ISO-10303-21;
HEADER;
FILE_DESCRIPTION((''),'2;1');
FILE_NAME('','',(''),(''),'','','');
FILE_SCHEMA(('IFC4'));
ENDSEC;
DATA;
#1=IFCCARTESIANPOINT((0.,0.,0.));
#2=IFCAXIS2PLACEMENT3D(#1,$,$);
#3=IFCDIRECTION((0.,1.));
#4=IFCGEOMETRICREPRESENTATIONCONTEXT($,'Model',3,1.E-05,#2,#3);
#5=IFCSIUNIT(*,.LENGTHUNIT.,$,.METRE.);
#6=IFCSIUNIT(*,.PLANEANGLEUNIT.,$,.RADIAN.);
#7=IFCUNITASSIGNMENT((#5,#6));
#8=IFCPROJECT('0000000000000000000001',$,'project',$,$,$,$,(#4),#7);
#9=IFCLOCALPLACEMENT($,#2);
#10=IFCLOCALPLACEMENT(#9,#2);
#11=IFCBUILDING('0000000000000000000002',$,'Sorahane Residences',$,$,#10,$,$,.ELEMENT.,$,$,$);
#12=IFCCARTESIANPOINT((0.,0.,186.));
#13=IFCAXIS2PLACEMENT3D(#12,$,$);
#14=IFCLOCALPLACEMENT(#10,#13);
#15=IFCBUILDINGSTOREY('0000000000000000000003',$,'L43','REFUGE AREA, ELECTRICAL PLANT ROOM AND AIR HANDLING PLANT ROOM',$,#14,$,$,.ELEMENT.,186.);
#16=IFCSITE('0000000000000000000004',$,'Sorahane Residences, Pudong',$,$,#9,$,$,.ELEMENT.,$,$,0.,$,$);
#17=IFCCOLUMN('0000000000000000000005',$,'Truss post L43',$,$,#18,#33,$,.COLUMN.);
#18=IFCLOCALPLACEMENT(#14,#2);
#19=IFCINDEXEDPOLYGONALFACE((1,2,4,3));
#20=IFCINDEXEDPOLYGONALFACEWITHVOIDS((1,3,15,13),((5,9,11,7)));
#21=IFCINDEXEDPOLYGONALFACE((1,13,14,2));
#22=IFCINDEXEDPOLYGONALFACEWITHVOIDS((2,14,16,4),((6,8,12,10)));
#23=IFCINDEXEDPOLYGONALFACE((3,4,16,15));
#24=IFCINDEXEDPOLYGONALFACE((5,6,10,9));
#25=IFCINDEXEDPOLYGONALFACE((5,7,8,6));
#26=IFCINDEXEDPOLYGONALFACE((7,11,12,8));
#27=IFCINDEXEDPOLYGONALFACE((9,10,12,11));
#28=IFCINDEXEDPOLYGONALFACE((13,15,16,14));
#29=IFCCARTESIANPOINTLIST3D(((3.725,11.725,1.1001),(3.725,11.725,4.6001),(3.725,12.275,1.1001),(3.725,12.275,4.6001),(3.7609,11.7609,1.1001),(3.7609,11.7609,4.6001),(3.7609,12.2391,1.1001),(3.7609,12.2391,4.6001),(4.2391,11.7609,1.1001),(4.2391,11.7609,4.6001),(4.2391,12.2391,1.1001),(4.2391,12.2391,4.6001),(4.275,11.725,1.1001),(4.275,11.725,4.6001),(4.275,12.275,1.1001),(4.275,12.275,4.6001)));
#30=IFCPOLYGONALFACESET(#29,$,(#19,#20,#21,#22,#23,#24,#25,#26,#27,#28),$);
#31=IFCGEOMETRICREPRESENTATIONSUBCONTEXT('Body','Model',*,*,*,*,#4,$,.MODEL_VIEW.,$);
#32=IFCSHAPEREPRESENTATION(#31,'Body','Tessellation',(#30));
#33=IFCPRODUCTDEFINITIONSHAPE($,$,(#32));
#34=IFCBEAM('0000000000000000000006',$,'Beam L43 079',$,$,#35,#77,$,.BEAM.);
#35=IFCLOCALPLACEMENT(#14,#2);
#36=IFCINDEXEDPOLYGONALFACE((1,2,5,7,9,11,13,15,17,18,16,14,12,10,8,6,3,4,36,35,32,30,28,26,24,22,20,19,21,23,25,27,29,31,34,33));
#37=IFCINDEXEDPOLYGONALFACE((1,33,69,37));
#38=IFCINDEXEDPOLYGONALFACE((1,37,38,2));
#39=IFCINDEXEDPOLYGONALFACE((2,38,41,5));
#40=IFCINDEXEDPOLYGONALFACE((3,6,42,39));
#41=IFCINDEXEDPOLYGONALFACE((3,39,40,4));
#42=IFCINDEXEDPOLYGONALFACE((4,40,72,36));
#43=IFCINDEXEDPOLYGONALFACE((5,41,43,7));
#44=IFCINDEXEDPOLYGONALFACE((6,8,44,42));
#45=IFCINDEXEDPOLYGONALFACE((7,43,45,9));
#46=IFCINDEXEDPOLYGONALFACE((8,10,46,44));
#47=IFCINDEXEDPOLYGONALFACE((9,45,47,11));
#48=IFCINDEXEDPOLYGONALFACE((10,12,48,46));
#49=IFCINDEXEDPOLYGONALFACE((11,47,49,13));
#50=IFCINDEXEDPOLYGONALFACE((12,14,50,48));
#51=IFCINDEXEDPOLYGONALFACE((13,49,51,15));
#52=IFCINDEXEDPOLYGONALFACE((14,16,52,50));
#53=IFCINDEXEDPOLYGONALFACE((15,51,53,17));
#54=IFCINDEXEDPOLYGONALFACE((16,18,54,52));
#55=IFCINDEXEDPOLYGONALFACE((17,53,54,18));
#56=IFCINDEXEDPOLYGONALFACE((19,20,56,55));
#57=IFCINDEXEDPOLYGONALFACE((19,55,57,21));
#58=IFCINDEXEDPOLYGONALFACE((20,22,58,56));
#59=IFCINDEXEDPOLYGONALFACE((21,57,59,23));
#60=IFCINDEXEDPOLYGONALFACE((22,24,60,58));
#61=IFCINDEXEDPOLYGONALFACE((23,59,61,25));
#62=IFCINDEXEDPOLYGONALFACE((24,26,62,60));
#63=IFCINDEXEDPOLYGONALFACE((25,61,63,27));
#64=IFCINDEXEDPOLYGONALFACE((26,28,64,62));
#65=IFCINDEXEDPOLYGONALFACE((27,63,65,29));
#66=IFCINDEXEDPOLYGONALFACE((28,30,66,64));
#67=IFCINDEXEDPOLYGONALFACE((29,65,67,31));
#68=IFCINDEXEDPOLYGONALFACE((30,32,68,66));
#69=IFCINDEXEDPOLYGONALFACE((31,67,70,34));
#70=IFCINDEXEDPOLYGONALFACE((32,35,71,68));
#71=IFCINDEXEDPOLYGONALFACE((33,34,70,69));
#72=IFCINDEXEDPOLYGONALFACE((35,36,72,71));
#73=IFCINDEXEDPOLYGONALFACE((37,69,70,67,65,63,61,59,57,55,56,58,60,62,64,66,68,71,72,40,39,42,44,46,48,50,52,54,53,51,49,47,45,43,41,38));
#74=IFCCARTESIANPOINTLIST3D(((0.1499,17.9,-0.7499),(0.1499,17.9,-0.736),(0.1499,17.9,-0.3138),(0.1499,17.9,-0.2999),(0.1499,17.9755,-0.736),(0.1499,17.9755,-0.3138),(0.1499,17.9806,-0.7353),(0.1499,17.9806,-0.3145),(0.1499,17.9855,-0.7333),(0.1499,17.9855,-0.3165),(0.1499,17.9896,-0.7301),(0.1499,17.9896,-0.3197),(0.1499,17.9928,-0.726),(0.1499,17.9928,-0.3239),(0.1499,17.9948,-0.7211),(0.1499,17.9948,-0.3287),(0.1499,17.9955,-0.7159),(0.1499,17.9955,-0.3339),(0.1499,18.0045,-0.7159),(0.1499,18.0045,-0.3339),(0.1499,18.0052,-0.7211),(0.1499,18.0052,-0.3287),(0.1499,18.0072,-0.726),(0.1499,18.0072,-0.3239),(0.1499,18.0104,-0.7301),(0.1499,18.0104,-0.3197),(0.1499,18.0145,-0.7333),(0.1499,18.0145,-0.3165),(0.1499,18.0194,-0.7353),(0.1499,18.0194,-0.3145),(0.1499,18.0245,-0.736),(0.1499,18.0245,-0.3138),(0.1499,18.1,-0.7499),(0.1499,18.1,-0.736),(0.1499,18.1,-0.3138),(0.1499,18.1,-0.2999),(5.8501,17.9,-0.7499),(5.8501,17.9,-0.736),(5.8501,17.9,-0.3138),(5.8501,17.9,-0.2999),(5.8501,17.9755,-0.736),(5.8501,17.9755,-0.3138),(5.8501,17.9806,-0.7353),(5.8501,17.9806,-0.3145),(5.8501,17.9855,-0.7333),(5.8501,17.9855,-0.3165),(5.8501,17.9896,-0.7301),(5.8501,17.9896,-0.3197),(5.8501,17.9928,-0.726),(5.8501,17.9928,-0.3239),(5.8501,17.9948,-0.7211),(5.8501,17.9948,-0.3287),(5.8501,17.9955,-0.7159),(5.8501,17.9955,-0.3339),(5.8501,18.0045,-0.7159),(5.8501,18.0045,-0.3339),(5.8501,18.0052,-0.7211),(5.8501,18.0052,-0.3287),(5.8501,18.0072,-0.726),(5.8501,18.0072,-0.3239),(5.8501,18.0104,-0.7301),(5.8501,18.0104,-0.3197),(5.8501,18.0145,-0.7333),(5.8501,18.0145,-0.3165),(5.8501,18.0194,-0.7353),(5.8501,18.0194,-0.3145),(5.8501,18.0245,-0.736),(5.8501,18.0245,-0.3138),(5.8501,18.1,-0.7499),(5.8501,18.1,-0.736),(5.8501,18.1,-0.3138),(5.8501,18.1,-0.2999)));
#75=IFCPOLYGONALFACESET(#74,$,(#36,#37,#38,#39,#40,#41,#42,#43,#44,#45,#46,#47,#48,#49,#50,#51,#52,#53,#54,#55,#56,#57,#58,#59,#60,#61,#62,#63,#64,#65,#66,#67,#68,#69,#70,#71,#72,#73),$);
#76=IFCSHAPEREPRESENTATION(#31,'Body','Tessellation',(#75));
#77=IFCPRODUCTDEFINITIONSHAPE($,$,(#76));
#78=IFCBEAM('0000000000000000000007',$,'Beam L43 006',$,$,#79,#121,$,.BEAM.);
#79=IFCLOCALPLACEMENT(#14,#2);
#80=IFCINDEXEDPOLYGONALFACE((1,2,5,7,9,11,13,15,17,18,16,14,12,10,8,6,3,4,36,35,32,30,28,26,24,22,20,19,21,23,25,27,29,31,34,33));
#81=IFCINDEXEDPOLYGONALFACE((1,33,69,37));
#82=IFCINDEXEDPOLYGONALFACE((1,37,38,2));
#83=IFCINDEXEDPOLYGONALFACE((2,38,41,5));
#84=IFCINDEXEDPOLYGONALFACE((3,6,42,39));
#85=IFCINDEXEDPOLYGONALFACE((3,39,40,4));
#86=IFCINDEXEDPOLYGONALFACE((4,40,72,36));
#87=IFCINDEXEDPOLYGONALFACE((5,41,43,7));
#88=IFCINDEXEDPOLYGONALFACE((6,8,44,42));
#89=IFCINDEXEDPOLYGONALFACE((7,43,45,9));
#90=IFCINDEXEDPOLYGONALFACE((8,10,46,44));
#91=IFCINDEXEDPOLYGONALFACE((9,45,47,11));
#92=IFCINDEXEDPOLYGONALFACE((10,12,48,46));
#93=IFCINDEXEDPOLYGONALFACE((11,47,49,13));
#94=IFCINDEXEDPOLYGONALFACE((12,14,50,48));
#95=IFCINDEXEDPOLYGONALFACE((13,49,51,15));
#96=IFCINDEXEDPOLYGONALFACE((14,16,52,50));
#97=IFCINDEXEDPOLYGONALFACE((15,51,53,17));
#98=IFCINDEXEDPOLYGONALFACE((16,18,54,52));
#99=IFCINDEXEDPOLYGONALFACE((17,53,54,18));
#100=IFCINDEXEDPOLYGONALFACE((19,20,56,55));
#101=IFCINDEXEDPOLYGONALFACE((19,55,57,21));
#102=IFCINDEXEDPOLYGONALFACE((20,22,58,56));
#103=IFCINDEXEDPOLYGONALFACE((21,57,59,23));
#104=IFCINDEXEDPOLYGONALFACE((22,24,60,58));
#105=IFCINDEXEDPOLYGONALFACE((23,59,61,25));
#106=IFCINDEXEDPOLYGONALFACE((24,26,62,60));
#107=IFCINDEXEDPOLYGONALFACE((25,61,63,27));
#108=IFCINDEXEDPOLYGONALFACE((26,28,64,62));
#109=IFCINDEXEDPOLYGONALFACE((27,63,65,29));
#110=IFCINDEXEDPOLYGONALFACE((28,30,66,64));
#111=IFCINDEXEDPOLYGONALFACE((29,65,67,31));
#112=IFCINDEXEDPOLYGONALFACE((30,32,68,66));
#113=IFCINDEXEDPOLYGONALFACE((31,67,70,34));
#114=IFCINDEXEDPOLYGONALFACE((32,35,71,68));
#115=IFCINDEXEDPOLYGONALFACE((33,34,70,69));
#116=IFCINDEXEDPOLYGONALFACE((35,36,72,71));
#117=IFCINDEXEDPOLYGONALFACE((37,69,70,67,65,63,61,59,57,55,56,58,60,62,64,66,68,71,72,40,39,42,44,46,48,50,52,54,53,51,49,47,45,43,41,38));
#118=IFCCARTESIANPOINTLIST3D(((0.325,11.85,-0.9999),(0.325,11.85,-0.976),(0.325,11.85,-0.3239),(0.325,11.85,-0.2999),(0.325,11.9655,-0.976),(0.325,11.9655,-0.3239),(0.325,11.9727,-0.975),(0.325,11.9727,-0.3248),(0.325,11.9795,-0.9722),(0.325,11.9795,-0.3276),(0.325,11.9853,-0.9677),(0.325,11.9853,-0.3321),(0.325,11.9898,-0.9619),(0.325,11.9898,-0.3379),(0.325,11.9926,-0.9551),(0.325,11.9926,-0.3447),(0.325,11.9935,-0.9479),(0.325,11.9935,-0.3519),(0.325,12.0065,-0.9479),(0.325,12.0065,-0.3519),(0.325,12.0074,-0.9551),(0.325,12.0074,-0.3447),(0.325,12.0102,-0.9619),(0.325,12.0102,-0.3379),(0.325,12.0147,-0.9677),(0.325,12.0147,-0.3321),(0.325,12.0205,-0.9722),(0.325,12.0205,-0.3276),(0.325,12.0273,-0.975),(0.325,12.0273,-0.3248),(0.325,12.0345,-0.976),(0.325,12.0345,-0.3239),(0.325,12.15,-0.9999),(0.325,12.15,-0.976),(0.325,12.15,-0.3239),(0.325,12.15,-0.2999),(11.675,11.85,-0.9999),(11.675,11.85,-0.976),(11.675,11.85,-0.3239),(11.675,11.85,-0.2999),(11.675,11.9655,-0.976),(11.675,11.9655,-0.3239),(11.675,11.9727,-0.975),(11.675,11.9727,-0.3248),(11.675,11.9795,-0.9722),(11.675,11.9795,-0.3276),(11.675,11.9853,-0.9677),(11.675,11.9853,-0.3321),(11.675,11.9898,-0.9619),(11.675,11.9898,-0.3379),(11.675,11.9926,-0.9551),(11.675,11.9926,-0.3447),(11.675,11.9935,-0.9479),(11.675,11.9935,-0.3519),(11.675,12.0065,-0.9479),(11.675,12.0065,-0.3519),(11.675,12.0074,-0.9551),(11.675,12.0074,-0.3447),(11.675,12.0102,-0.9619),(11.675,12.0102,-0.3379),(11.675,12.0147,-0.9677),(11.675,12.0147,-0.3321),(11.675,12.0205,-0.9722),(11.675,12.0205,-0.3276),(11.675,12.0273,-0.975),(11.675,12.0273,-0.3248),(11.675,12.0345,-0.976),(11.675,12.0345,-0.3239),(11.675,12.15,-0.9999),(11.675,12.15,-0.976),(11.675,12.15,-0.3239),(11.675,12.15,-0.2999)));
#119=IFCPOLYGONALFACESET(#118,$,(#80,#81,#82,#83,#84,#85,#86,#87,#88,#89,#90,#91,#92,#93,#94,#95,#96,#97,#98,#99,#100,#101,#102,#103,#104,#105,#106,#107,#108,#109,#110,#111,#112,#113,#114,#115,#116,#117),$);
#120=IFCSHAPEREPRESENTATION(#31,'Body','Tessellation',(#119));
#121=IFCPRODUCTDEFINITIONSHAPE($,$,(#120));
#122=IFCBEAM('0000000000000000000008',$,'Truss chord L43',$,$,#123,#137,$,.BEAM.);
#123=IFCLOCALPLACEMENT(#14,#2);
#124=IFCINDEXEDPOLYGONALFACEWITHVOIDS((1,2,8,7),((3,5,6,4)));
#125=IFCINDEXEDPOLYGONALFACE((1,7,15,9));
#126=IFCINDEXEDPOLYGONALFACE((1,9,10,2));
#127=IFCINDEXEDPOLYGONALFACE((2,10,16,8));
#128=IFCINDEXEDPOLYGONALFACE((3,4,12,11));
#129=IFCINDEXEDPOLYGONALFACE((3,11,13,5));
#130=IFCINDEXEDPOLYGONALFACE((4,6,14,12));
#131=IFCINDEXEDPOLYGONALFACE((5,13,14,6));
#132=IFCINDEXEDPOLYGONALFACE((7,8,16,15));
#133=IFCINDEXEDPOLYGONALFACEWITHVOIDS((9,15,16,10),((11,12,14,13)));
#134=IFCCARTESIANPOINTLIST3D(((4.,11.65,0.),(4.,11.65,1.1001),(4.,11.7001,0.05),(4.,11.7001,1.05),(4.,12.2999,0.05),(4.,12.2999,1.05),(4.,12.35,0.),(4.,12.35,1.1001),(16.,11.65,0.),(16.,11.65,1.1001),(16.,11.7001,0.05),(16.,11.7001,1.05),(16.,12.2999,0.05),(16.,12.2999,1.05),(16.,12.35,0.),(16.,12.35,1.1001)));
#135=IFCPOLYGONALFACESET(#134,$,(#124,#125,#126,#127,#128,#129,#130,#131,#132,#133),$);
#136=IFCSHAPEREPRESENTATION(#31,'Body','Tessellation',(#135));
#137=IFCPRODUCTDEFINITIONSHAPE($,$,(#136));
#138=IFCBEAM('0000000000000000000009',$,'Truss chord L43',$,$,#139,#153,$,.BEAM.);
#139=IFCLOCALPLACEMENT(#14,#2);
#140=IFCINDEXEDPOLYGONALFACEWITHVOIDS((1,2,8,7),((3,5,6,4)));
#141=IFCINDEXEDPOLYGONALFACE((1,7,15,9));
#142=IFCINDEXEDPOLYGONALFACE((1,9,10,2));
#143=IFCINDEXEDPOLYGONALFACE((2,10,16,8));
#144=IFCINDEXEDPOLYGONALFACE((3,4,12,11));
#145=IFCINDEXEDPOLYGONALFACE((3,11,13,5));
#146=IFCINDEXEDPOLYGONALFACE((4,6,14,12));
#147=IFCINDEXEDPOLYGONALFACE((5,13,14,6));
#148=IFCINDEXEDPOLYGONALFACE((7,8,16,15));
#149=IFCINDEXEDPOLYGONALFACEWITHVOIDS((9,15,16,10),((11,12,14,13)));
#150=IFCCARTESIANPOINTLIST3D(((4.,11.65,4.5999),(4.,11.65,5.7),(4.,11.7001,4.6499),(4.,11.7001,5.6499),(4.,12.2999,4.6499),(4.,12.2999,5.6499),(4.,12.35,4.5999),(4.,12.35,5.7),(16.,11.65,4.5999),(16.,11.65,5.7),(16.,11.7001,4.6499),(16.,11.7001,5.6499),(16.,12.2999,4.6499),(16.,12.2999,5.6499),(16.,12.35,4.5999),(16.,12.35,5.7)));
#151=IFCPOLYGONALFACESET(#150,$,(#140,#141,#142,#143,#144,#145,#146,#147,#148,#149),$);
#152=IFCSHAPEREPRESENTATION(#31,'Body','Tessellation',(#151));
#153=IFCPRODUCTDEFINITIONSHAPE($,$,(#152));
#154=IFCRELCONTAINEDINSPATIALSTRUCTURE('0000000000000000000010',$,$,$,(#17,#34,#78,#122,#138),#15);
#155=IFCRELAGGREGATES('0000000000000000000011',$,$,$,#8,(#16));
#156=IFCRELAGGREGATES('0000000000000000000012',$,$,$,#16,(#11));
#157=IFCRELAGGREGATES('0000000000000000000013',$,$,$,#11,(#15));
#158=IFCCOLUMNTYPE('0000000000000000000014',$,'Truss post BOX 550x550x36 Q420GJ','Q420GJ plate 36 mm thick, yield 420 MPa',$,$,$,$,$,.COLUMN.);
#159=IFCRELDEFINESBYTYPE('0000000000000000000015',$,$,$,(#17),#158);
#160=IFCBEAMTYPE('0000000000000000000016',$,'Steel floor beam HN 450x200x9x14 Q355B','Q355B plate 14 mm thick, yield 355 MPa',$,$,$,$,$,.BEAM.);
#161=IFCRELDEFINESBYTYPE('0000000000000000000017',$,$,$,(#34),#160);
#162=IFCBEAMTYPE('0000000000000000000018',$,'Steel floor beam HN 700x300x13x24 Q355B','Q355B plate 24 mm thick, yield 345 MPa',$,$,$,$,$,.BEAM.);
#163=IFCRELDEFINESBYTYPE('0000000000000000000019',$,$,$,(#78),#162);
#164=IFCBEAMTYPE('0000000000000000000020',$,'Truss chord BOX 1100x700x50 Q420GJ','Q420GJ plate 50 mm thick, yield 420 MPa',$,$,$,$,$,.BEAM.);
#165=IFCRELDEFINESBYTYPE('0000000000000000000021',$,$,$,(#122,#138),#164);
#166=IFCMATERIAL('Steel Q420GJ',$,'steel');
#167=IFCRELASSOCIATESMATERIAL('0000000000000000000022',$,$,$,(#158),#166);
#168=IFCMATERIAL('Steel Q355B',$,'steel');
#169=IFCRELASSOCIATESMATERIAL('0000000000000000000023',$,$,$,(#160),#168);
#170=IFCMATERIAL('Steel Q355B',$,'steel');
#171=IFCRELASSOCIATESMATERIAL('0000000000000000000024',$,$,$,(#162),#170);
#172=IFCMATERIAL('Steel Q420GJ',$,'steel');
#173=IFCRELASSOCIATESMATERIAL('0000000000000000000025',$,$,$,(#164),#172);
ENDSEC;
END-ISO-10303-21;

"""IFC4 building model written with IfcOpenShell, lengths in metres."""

from ifc_helpers import new_model, si_unit, direction, frame, origin, origin_2d, place, context, subcontext, project, spatial, hollow_rectangle, i_section, extrude, material, material_profile, profile_set, type_object, element, save


model = new_model("IFC4")

# Units and contexts
model_context = context("Model", 3, precision=1e-05, world=origin(), true_north=direction((0.0, 1.0)))
body_context = subcontext(model_context, "Body", "Model", "MODEL_VIEW")
ifc_project = project(units=[si_unit("LENGTHUNIT", "METRE"), si_unit("PLANEANGLEUNIT", "RADIAN")], contexts=[model_context])

# Site, building, storey
site_placement = place(None, origin())
site = spatial("IfcSite", under=ifc_project, at=site_placement, Name="Sorahane Residences, Pudong", CompositionType="ELEMENT", RefElevation=0.0)
building_placement = place(site_placement, origin())
building = spatial("IfcBuilding", under=site, at=building_placement, Name="Sorahane Residences", CompositionType="ELEMENT")
storey_placement = place(building_placement, frame((0.0, 0.0, 186.0)))
storey = spatial("IfcBuildingStorey", under=building, at=storey_placement, Name="L43", Description="REFUGE AREA, ELECTRICAL PLANT ROOM AND AIR HANDLING PLANT ROOM", CompositionType="ELEMENT", Elevation=186.0)

# Column
ifc_material_1 = material(Name="Steel Q420GJ", Category="steel")
ifc_material_profile_1 = material_profile(ifc_material_1, hollow_rectangle(XDim=0.55, YDim=0.55, WallThickness=0.0359, at=origin_2d()), Name="BOX 550x550x36")
ifc_profile_set_1 = profile_set([ifc_material_profile_1], Name="Steel Q420GJ")
column_type = type_object("IfcColumnType", Name="Truss post BOX 550x550x36 Q420GJ", Description="Q420GJ plate 36 mm thick, yield 420 MPa", PredefinedType="COLUMN", material=ifc_profile_set_1)
column_placement = place(storey_placement, frame((4.0, 12.0, 1.1001), z_axis=(0.0, 0.0, 1.0), x_axis=(1.0, 0.0, 0.0)))
element("IfcColumn", 1, at=column_placement, inside=storey, type_object=column_type, Name="Truss post L43", PredefinedType="COLUMN", context=body_context, shape_type="SweptSolid", body=[
    extrude(hollow_rectangle(XDim=0.55, YDim=0.55, WallThickness=0.0359, at=origin_2d()), origin(), (0.0, 0.0, 1.0), 3.5),
])

# Beams
ifc_material_2 = material(Name="Steel Q355B", Category="steel")
ifc_material_profile_2 = material_profile(ifc_material_2, i_section(OverallWidth=0.2, OverallDepth=0.45, WebThickness=0.009, FlangeThickness=0.0139, FilletRadius=0.02, at=origin_2d()), Name="HN 450x200x9x14")
ifc_profile_set_2 = profile_set([ifc_material_profile_2], Name="Steel Q355B")
beam_type_1 = type_object("IfcBeamType", Name="Steel floor beam HN 450x200x9x14 Q355B", Description="Q355B plate 14 mm thick, yield 355 MPa", PredefinedType="BEAM", material=ifc_profile_set_2)
beam_1_placement = place(storey_placement, frame((0.1499, 18.0, -0.5249), z_axis=(1.0, 0.0, 0.0), x_axis=(0.0, 1.0, 0.0)))
element("IfcBeam", 2, at=beam_1_placement, inside=storey, type_object=beam_type_1, Name="Beam L43 079", PredefinedType="BEAM", context=body_context, shape_type="SweptSolid", body=[
    extrude(i_section(OverallWidth=0.2, OverallDepth=0.45, WebThickness=0.009, FlangeThickness=0.0139, FilletRadius=0.02, at=origin_2d()), origin(), (0.0, 0.0, 1.0), 5.7002),
])
ifc_material_3 = material(Name="Steel Q355B", Category="steel")
ifc_material_profile_3 = material_profile(ifc_material_3, i_section(OverallWidth=0.3, OverallDepth=0.7, WebThickness=0.0129, FlangeThickness=0.0239, FilletRadius=0.0281, at=origin_2d()), Name="HN 700x300x13x24")
ifc_profile_set_3 = profile_set([ifc_material_profile_3], Name="Steel Q355B")
beam_type_2 = type_object("IfcBeamType", Name="Steel floor beam HN 700x300x13x24 Q355B", Description="Q355B plate 24 mm thick, yield 345 MPa", PredefinedType="BEAM", material=ifc_profile_set_3)
beam_2_placement = place(storey_placement, frame((0.325, 12.0, -0.6499), z_axis=(1.0, 0.0, 0.0), x_axis=(0.0, 1.0, 0.0)))
element("IfcBeam", 3, at=beam_2_placement, inside=storey, type_object=beam_type_2, Name="Beam L43 006", PredefinedType="BEAM", context=body_context, shape_type="SweptSolid", body=[
    extrude(i_section(OverallWidth=0.3, OverallDepth=0.7, WebThickness=0.0129, FlangeThickness=0.0239, FilletRadius=0.0281, at=origin_2d()), origin(), (0.0, 0.0, 1.0), 11.3501),
])
ifc_material_4 = material(Name="Steel Q420GJ", Category="steel")
ifc_material_profile_4 = material_profile(ifc_material_4, hollow_rectangle(XDim=0.7, YDim=1.1001, WallThickness=0.05, at=origin_2d()), Name="BOX 1100x700x50")
ifc_profile_set_4 = profile_set([ifc_material_profile_4], Name="Steel Q420GJ")
beam_type_3 = type_object("IfcBeamType", Name="Truss chord BOX 1100x700x50 Q420GJ", Description="Q420GJ plate 50 mm thick, yield 420 MPa", PredefinedType="BEAM", material=ifc_profile_set_4)
for number, where, z_axis, x_axis, name in (
    (4, (4.0, 12.0, 0.55), (1.0, 0.0, 0.0), (0.0, 1.0, 0.0), "Truss chord L43"),
    (5, (4.0, 12.0, 5.1499), (1.0, 0.0, 0.0), (0.0, 1.0, 0.0), "Truss chord L43"),
):
    element("IfcBeam", number, at=place(storey_placement, frame(where, z_axis=z_axis, x_axis=x_axis)), inside=storey, type_object=beam_type_3, Name=name, PredefinedType="BEAM", context=body_context, shape_type="SweptSolid", body=[
        extrude(hollow_rectangle(XDim=0.7, YDim=1.1001, WallThickness=0.05, at=origin_2d()), origin(), (0.0, 0.0, 1.0), 12.0),
    ])

save(model, "model.ifc")
